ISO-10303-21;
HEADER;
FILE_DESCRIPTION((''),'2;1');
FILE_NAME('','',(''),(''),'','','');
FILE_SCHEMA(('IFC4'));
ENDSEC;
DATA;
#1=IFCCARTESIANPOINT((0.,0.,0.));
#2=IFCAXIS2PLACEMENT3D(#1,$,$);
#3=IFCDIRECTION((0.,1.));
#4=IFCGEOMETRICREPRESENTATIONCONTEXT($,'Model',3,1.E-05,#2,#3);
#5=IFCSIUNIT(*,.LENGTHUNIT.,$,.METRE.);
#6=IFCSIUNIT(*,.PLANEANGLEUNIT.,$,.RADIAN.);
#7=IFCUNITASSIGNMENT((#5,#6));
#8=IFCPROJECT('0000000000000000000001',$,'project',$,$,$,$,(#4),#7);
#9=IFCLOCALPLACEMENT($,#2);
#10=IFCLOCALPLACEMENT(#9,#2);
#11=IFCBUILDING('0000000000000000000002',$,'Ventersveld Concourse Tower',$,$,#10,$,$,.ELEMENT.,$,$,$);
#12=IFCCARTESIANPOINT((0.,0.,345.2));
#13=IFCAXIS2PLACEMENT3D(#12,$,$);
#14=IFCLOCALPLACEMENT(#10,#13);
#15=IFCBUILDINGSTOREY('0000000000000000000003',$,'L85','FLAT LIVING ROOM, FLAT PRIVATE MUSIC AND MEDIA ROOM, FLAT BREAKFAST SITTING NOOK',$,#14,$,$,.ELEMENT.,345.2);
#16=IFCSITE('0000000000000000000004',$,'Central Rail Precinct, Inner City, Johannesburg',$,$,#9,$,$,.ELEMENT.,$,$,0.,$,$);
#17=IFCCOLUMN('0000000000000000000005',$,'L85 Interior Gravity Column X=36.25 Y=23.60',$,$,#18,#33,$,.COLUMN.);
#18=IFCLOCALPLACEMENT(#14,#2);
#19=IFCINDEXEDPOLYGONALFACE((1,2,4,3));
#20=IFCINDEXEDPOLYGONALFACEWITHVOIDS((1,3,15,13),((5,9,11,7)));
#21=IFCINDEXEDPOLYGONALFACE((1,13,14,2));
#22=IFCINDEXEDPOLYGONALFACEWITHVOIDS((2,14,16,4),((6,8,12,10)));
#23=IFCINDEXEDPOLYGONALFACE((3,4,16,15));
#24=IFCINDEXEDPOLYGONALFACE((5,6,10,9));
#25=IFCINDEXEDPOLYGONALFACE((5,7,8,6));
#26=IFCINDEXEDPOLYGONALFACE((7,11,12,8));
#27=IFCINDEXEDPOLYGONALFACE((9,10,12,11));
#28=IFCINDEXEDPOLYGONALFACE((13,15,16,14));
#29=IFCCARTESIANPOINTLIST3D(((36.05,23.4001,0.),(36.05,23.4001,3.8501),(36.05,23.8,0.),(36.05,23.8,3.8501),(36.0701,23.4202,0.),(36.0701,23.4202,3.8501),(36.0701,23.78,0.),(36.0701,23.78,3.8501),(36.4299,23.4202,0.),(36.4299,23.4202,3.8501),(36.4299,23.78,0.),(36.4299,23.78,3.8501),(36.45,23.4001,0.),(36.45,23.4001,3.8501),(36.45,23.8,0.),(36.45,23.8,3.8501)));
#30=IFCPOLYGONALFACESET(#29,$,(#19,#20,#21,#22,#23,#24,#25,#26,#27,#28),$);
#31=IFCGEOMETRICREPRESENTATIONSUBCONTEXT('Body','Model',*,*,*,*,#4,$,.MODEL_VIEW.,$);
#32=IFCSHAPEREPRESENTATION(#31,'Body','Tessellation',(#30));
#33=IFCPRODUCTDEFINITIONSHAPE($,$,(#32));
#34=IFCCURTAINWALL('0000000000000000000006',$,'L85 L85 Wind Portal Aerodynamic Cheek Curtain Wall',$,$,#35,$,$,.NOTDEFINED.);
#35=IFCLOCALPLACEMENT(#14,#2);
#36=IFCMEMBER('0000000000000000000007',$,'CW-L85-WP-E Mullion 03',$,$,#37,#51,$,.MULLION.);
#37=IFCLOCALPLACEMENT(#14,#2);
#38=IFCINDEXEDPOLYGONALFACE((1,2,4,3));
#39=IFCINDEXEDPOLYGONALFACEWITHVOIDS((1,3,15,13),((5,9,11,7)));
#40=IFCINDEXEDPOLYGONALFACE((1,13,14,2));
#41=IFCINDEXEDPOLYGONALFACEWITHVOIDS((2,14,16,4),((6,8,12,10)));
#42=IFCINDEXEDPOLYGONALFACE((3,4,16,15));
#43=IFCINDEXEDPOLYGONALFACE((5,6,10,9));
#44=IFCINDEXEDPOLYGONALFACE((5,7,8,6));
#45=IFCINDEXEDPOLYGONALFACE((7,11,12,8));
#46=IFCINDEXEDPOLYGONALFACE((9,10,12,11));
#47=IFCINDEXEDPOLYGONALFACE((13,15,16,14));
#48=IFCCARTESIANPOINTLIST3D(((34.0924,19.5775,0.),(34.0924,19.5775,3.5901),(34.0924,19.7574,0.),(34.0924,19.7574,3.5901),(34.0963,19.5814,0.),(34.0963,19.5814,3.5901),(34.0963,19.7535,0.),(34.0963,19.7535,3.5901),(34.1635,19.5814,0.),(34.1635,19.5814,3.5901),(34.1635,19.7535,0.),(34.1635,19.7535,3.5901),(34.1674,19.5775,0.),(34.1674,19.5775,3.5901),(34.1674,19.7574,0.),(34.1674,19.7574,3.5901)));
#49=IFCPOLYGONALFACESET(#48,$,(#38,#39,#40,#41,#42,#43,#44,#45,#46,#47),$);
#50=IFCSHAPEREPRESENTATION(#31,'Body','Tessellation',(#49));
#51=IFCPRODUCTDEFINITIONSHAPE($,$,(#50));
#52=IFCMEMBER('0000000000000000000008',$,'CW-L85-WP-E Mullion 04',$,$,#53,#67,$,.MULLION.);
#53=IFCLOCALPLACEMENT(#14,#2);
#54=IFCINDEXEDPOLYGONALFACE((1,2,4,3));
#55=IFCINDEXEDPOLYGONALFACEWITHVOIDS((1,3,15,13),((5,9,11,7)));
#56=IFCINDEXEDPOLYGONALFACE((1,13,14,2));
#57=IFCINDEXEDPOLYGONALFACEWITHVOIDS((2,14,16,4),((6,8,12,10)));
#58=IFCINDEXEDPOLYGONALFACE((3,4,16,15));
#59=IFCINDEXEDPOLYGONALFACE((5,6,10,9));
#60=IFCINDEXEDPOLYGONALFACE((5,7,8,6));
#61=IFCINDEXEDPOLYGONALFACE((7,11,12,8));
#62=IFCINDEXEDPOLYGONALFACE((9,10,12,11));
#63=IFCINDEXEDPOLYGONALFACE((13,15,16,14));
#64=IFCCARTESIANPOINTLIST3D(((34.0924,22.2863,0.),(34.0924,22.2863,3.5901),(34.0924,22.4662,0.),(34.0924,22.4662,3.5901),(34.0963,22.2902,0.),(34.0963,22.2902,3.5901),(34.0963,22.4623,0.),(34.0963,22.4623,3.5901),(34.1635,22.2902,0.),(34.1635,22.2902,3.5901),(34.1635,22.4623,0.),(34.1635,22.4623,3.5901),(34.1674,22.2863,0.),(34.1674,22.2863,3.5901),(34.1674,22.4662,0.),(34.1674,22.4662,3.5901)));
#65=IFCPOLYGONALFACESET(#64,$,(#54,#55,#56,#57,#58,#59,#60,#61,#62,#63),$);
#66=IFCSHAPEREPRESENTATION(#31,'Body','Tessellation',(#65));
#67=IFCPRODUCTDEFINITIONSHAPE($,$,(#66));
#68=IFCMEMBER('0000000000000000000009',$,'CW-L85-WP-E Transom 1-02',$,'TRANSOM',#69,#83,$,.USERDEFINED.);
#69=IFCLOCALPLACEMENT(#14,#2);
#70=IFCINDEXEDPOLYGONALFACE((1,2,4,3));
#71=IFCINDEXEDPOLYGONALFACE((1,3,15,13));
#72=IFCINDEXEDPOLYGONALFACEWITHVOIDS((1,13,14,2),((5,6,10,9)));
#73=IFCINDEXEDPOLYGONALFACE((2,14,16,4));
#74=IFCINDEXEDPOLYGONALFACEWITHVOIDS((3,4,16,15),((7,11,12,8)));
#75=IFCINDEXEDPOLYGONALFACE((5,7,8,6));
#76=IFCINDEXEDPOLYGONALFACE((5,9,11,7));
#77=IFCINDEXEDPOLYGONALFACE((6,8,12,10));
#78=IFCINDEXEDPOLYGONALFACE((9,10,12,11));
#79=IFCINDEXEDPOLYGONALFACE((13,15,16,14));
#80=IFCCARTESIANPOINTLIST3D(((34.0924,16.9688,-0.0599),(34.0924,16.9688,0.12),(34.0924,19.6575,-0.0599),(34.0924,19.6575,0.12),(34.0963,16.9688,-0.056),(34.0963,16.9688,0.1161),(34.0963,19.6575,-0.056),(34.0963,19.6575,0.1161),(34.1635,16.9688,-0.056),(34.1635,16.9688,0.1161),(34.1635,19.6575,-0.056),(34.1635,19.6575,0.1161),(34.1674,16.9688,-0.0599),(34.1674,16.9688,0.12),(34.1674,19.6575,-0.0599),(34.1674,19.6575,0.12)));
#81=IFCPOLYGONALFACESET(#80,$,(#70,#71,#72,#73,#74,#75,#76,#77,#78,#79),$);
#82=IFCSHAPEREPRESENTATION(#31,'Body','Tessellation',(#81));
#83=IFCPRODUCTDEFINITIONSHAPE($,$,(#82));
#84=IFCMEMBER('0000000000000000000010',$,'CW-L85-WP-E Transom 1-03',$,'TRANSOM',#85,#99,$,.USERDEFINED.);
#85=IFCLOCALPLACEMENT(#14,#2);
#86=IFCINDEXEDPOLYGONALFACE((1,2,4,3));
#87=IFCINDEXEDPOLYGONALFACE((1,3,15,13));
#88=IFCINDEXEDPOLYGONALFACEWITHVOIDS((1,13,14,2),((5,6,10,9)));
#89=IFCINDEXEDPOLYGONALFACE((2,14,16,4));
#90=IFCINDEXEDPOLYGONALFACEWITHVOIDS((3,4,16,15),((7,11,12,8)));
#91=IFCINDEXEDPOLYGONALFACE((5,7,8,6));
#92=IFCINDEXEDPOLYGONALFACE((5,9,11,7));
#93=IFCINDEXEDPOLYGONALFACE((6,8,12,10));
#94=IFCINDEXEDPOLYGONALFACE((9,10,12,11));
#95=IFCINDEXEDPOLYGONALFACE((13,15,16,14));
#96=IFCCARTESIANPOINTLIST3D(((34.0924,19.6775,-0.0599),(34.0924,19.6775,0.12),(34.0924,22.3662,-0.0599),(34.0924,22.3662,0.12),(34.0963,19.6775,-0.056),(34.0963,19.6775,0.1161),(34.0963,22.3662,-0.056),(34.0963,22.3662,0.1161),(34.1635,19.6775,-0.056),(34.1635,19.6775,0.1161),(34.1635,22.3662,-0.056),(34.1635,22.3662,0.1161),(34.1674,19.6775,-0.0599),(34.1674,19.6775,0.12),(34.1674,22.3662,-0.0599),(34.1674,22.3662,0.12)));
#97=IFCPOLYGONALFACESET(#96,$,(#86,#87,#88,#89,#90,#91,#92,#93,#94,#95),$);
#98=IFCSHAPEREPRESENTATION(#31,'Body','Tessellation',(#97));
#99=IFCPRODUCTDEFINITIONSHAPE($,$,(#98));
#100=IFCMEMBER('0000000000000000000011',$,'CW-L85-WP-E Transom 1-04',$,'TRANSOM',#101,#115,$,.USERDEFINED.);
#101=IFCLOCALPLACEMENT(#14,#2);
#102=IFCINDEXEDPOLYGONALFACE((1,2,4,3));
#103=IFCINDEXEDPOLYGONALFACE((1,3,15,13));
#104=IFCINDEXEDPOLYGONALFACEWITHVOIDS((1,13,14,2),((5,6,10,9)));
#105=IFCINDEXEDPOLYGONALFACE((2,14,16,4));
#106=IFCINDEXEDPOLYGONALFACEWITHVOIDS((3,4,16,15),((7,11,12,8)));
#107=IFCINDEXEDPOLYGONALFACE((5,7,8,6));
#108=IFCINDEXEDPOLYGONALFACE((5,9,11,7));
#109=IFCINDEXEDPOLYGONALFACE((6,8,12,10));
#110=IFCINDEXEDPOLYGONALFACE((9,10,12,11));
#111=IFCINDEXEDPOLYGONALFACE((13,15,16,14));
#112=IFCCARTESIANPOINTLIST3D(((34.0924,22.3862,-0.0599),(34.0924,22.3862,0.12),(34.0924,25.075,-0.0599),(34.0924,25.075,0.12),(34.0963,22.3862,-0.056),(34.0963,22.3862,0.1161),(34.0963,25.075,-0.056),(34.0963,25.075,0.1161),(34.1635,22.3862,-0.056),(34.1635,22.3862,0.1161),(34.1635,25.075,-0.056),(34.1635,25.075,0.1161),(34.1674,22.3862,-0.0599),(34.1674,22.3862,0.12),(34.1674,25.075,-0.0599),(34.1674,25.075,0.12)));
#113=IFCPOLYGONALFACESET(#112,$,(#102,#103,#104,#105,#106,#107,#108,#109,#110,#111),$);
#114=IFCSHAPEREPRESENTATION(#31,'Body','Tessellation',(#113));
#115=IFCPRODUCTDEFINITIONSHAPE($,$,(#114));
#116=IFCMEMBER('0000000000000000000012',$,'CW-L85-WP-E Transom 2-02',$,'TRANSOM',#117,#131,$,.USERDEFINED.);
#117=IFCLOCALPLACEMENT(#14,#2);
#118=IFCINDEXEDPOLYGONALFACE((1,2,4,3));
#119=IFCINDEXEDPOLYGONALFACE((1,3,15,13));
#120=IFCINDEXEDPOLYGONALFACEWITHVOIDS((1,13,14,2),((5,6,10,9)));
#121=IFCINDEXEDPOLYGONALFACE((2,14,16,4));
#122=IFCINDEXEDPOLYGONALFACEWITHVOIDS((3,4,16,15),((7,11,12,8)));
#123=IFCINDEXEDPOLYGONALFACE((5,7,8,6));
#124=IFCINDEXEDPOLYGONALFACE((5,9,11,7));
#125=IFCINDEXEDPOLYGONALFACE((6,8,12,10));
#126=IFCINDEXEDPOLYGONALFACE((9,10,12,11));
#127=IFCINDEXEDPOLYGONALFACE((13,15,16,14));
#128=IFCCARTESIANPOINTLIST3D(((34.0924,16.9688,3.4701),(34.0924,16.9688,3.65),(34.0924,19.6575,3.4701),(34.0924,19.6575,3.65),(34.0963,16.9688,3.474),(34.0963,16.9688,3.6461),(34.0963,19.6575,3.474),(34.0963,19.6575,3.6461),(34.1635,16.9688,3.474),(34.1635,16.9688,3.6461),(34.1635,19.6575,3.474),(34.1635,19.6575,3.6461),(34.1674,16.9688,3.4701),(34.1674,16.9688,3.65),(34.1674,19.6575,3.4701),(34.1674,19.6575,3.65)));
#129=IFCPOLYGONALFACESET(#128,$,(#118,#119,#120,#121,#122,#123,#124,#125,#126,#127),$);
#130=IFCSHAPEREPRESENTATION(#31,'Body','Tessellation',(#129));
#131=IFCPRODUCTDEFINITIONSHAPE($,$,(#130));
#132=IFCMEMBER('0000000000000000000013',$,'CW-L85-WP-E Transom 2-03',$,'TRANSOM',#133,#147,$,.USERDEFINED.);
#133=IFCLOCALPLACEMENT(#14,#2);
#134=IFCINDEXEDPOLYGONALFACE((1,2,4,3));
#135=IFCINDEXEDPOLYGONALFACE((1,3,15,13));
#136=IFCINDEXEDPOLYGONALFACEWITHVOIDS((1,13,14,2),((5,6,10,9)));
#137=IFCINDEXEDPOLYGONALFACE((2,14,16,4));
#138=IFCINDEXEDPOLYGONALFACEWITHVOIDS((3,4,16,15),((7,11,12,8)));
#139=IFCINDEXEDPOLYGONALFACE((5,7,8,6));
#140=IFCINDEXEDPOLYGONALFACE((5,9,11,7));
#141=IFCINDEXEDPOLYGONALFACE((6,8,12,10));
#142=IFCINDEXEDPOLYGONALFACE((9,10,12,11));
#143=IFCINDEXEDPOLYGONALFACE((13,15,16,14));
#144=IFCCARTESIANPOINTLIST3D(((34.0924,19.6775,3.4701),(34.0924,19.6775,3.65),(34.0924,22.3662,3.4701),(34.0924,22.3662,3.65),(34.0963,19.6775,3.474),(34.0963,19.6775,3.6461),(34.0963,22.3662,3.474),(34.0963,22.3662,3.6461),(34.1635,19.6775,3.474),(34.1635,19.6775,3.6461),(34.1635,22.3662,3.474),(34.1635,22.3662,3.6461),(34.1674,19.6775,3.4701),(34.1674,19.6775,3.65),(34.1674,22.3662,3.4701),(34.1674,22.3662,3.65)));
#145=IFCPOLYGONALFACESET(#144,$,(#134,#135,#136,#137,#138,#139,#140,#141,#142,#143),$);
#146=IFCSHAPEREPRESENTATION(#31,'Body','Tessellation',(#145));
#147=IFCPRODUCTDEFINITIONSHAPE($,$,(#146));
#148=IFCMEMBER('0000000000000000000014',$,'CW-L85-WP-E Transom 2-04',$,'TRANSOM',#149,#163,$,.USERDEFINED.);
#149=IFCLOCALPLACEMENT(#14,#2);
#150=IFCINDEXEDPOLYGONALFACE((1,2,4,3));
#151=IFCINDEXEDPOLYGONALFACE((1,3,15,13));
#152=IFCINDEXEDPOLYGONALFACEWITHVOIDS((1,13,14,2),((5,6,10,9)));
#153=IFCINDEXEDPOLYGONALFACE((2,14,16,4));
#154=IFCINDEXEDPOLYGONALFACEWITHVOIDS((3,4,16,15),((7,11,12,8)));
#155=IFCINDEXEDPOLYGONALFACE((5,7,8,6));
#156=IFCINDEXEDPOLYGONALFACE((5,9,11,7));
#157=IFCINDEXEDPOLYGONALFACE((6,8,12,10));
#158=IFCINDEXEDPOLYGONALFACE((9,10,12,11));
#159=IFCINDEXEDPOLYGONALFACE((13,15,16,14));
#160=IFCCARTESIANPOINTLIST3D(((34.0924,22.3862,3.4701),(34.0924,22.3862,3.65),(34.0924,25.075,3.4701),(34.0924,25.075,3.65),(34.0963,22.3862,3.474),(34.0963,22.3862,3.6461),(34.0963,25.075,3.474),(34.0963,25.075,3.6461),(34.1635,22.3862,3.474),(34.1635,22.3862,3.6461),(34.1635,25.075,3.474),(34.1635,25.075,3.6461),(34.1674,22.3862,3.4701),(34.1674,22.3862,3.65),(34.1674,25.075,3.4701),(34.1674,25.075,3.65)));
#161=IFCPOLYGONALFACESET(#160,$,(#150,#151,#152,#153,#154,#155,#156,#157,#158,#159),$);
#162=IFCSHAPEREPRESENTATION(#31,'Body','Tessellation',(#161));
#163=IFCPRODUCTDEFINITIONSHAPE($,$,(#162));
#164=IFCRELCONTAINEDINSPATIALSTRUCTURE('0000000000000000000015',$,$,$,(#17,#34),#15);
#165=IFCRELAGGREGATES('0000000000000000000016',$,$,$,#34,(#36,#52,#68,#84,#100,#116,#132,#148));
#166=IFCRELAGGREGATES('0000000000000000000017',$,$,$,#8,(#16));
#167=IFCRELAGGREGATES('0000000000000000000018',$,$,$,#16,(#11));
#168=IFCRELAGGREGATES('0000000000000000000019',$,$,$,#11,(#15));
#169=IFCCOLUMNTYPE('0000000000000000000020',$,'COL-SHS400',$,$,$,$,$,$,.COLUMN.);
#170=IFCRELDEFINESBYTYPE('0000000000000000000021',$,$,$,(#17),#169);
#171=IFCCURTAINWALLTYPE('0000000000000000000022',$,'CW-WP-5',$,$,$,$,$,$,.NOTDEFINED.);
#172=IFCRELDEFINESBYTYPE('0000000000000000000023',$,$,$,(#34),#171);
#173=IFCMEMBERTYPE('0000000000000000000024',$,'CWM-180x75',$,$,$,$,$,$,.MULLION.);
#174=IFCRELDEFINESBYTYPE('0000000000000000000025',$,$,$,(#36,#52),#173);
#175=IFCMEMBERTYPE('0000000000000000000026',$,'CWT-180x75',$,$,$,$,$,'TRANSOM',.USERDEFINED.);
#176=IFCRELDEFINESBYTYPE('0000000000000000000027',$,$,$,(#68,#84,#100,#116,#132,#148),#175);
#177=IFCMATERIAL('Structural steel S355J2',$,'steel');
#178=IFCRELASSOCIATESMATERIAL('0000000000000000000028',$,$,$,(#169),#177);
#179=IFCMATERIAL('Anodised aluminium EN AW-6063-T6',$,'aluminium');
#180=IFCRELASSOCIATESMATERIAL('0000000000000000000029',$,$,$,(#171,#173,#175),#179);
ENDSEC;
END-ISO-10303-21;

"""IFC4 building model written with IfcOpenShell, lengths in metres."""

from ifc_helpers import new_model, si_unit, direction, frame, origin, origin_2d, place, context, subcontext, project, spatial, hollow_rectangle, extrude, material, material_profile, profile_set, type_object, element, aggregate, save


model = new_model("IFC4")

# Units and contexts
model_context = context("Model", 3, precision=1e-05, world=origin(), true_north=direction((0.0, 1.0)))
body_context = subcontext(model_context, "Body", "Model", "MODEL_VIEW")
ifc_project = project(units=[si_unit("LENGTHUNIT", "METRE"), si_unit("PLANEANGLEUNIT", "RADIAN")], contexts=[model_context])

# Site, building, storey
site_placement = place(None, origin())
site = spatial("IfcSite", under=ifc_project, at=site_placement, Name="Central Rail Precinct, Inner City, Johannesburg", CompositionType="ELEMENT", RefElevation=0.0)
building_placement = place(site_placement, origin())
building = spatial("IfcBuilding", under=site, at=building_placement, Name="Ventersveld Concourse Tower", CompositionType="ELEMENT")
storey_placement = place(building_placement, frame((0.0, 0.0, 345.2)))
storey = spatial("IfcBuildingStorey", under=building, at=storey_placement, Name="L85", Description="FLAT LIVING ROOM, FLAT PRIVATE MUSIC AND MEDIA ROOM, FLAT BREAKFAST SITTING NOOK", CompositionType="ELEMENT", Elevation=345.2)

# Column
ifc_material_1 = material(Name="Structural steel S355J2", Category="steel")
ifc_material_profile_1 = material_profile(ifc_material_1, hollow_rectangle(XDim=0.3999, YDim=0.3999, WallThickness=0.02, at=origin_2d()), Name="SHS 400x400x20")
ifc_profile_set_1 = profile_set([ifc_material_profile_1], Name="Structural steel S355J2")
column_type = type_object("IfcColumnType", Name="COL-SHS400", PredefinedType="COLUMN", material=ifc_profile_set_1)
column_placement = place(storey_placement, frame((36.25, 23.6001, 0.0), z_axis=(0.0, 0.0, 1.0), x_axis=(1.0, 0.0, 0.0)))
element("IfcColumn", 1, at=column_placement, inside=storey, type_object=column_type, Name="L85 Interior Gravity Column X=36.25 Y=23.60", PredefinedType="COLUMN", context=body_context, shape_type="SweptSolid", body=[
    extrude(hollow_rectangle(XDim=0.3999, YDim=0.3999, WallThickness=0.02, at=origin_2d()), origin(), (0.0, 0.0, 1.0), 3.8501),
])

# Curtain wall, members
ifc_material_2 = material(Name="Anodised aluminium EN AW-6063-T6", Category="aluminium")
curtain_wall_type = type_object("IfcCurtainWallType", Name="CW-WP-5", PredefinedType="NOTDEFINED", material=ifc_material_2)
curtain_wall_placement = place(storey_placement, origin())
curtain_wall = element("IfcCurtainWall", 2, at=curtain_wall_placement, inside=storey, type_object=curtain_wall_type, Name="L85 L85 Wind Portal Aerodynamic Cheek Curtain Wall", PredefinedType="NOTDEFINED")
ifc_material_profile_2 = material_profile(ifc_material_2, hollow_rectangle(XDim=0.075, YDim=0.1799, WallThickness=0.0039, at=origin_2d()), Name="ALU 180x75x4")
ifc_profile_set_2 = profile_set([ifc_material_profile_2], Name="Anodised aluminium EN AW-6063-T6")
member_type_1 = type_object("IfcMemberType", Name="CWM-180x75", PredefinedType="MULLION", material=ifc_profile_set_2)
member_1_placement = place(storey_placement, frame((34.1299, 19.6675, 0.0), z_axis=(0.0, 0.0, 1.0), x_axis=(1.0, 0.0, 0.0)))
member_1 = element("IfcMember", 3, at=member_1_placement, type_object=member_type_1, Name="CW-L85-WP-E Mullion 03", PredefinedType="MULLION", context=body_context, shape_type="SweptSolid", body=[
    extrude(hollow_rectangle(XDim=0.075, YDim=0.1799, WallThickness=0.0039, at=origin_2d()), origin(), (0.0, 0.0, 1.0), 3.5901),
])
member_2_placement = place(storey_placement, frame((34.1299, 22.3762, 0.0), z_axis=(0.0, 0.0, 1.0), x_axis=(1.0, 0.0, 0.0)))
member_2 = element("IfcMember", 4, at=member_2_placement, type_object=member_type_1, Name="CW-L85-WP-E Mullion 04", PredefinedType="MULLION", context=body_context, shape_type="SweptSolid", body=[
    extrude(hollow_rectangle(XDim=0.075, YDim=0.1799, WallThickness=0.0039, at=origin_2d()), origin(), (0.0, 0.0, 1.0), 3.5901),
])
ifc_material_profile_3 = material_profile(ifc_material_2, hollow_rectangle(XDim=0.075, YDim=0.1799, WallThickness=0.0039, at=origin_2d()), Name="ALU 180x75x4")
ifc_profile_set_3 = profile_set([ifc_material_profile_3], Name="Anodised aluminium EN AW-6063-T6")
member_type_2 = type_object("IfcMemberType", Name="CWT-180x75", ElementType="TRANSOM", PredefinedType="USERDEFINED", material=ifc_profile_set_3)
member_3_placement = place(storey_placement, frame((34.1299, 16.9688, 0.03), z_axis=(0.0, 1.0, 0.0), x_axis=(-1.0, 0.0, 0.0)))
member_3 = element("IfcMember", 5, at=member_3_placement, type_object=member_type_2, Name="CW-L85-WP-E Transom 1-02", ObjectType="TRANSOM", PredefinedType="USERDEFINED", context=body_context, shape_type="SweptSolid", body=[
    extrude(hollow_rectangle(XDim=0.075, YDim=0.1799, WallThickness=0.0039, at=origin_2d()), origin(), (0.0, 0.0, 1.0), 2.6887),
])
member_4_placement = place(storey_placement, frame((34.1299, 19.6775, 0.03), z_axis=(0.0, 1.0, 0.0), x_axis=(-1.0, 0.0, 0.0)))
member_4 = element("IfcMember", 6, at=member_4_placement, type_object=member_type_2, Name="CW-L85-WP-E Transom 1-03", ObjectType="TRANSOM", PredefinedType="USERDEFINED", context=body_context, shape_type="SweptSolid", body=[
    extrude(hollow_rectangle(XDim=0.075, YDim=0.1799, WallThickness=0.0039, at=origin_2d()), origin(), (0.0, 0.0, 1.0), 2.6887),
])
member_5_placement = place(storey_placement, frame((34.1299, 22.3862, 0.03), z_axis=(0.0, 1.0, 0.0), x_axis=(-1.0, 0.0, 0.0)))
member_5 = element("IfcMember", 7, at=member_5_placement, type_object=member_type_2, Name="CW-L85-WP-E Transom 1-04", ObjectType="TRANSOM", PredefinedType="USERDEFINED", context=body_context, shape_type="SweptSolid", body=[
    extrude(hollow_rectangle(XDim=0.075, YDim=0.1799, WallThickness=0.0039, at=origin_2d()), origin(), (0.0, 0.0, 1.0), 2.6887),
])
member_6_placement = place(storey_placement, frame((34.1299, 16.9688, 3.5601), z_axis=(0.0, 1.0, 0.0), x_axis=(-1.0, 0.0, 0.0)))
member_6 = element("IfcMember", 8, at=member_6_placement, type_object=member_type_2, Name="CW-L85-WP-E Transom 2-02", ObjectType="TRANSOM", PredefinedType="USERDEFINED", context=body_context, shape_type="SweptSolid", body=[
    extrude(hollow_rectangle(XDim=0.075, YDim=0.1799, WallThickness=0.0039, at=origin_2d()), origin(), (0.0, 0.0, 1.0), 2.6887),
])
member_7_placement = place(storey_placement, frame((34.1299, 19.6775, 3.5601), z_axis=(0.0, 1.0, 0.0), x_axis=(-1.0, 0.0, 0.0)))
member_7 = element("IfcMember", 9, at=member_7_placement, type_object=member_type_2, Name="CW-L85-WP-E Transom 2-03", ObjectType="TRANSOM", PredefinedType="USERDEFINED", context=body_context, shape_type="SweptSolid", body=[
    extrude(hollow_rectangle(XDim=0.075, YDim=0.1799, WallThickness=0.0039, at=origin_2d()), origin(), (0.0, 0.0, 1.0), 2.6887),
])
member_8_placement = place(storey_placement, frame((34.1299, 22.3862, 3.5601), z_axis=(0.0, 1.0, 0.0), x_axis=(-1.0, 0.0, 0.0)))
member_8 = element("IfcMember", 10, at=member_8_placement, type_object=member_type_2, Name="CW-L85-WP-E Transom 2-04", ObjectType="TRANSOM", PredefinedType="USERDEFINED", context=body_context, shape_type="SweptSolid", body=[
    extrude(hollow_rectangle(XDim=0.075, YDim=0.1799, WallThickness=0.0039, at=origin_2d()), origin(), (0.0, 0.0, 1.0), 2.6887),
])

aggregate(curtain_wall, [member_1, member_2, member_3, member_4, member_5, member_6, member_7, member_8])

save(model, "model.ifc")
